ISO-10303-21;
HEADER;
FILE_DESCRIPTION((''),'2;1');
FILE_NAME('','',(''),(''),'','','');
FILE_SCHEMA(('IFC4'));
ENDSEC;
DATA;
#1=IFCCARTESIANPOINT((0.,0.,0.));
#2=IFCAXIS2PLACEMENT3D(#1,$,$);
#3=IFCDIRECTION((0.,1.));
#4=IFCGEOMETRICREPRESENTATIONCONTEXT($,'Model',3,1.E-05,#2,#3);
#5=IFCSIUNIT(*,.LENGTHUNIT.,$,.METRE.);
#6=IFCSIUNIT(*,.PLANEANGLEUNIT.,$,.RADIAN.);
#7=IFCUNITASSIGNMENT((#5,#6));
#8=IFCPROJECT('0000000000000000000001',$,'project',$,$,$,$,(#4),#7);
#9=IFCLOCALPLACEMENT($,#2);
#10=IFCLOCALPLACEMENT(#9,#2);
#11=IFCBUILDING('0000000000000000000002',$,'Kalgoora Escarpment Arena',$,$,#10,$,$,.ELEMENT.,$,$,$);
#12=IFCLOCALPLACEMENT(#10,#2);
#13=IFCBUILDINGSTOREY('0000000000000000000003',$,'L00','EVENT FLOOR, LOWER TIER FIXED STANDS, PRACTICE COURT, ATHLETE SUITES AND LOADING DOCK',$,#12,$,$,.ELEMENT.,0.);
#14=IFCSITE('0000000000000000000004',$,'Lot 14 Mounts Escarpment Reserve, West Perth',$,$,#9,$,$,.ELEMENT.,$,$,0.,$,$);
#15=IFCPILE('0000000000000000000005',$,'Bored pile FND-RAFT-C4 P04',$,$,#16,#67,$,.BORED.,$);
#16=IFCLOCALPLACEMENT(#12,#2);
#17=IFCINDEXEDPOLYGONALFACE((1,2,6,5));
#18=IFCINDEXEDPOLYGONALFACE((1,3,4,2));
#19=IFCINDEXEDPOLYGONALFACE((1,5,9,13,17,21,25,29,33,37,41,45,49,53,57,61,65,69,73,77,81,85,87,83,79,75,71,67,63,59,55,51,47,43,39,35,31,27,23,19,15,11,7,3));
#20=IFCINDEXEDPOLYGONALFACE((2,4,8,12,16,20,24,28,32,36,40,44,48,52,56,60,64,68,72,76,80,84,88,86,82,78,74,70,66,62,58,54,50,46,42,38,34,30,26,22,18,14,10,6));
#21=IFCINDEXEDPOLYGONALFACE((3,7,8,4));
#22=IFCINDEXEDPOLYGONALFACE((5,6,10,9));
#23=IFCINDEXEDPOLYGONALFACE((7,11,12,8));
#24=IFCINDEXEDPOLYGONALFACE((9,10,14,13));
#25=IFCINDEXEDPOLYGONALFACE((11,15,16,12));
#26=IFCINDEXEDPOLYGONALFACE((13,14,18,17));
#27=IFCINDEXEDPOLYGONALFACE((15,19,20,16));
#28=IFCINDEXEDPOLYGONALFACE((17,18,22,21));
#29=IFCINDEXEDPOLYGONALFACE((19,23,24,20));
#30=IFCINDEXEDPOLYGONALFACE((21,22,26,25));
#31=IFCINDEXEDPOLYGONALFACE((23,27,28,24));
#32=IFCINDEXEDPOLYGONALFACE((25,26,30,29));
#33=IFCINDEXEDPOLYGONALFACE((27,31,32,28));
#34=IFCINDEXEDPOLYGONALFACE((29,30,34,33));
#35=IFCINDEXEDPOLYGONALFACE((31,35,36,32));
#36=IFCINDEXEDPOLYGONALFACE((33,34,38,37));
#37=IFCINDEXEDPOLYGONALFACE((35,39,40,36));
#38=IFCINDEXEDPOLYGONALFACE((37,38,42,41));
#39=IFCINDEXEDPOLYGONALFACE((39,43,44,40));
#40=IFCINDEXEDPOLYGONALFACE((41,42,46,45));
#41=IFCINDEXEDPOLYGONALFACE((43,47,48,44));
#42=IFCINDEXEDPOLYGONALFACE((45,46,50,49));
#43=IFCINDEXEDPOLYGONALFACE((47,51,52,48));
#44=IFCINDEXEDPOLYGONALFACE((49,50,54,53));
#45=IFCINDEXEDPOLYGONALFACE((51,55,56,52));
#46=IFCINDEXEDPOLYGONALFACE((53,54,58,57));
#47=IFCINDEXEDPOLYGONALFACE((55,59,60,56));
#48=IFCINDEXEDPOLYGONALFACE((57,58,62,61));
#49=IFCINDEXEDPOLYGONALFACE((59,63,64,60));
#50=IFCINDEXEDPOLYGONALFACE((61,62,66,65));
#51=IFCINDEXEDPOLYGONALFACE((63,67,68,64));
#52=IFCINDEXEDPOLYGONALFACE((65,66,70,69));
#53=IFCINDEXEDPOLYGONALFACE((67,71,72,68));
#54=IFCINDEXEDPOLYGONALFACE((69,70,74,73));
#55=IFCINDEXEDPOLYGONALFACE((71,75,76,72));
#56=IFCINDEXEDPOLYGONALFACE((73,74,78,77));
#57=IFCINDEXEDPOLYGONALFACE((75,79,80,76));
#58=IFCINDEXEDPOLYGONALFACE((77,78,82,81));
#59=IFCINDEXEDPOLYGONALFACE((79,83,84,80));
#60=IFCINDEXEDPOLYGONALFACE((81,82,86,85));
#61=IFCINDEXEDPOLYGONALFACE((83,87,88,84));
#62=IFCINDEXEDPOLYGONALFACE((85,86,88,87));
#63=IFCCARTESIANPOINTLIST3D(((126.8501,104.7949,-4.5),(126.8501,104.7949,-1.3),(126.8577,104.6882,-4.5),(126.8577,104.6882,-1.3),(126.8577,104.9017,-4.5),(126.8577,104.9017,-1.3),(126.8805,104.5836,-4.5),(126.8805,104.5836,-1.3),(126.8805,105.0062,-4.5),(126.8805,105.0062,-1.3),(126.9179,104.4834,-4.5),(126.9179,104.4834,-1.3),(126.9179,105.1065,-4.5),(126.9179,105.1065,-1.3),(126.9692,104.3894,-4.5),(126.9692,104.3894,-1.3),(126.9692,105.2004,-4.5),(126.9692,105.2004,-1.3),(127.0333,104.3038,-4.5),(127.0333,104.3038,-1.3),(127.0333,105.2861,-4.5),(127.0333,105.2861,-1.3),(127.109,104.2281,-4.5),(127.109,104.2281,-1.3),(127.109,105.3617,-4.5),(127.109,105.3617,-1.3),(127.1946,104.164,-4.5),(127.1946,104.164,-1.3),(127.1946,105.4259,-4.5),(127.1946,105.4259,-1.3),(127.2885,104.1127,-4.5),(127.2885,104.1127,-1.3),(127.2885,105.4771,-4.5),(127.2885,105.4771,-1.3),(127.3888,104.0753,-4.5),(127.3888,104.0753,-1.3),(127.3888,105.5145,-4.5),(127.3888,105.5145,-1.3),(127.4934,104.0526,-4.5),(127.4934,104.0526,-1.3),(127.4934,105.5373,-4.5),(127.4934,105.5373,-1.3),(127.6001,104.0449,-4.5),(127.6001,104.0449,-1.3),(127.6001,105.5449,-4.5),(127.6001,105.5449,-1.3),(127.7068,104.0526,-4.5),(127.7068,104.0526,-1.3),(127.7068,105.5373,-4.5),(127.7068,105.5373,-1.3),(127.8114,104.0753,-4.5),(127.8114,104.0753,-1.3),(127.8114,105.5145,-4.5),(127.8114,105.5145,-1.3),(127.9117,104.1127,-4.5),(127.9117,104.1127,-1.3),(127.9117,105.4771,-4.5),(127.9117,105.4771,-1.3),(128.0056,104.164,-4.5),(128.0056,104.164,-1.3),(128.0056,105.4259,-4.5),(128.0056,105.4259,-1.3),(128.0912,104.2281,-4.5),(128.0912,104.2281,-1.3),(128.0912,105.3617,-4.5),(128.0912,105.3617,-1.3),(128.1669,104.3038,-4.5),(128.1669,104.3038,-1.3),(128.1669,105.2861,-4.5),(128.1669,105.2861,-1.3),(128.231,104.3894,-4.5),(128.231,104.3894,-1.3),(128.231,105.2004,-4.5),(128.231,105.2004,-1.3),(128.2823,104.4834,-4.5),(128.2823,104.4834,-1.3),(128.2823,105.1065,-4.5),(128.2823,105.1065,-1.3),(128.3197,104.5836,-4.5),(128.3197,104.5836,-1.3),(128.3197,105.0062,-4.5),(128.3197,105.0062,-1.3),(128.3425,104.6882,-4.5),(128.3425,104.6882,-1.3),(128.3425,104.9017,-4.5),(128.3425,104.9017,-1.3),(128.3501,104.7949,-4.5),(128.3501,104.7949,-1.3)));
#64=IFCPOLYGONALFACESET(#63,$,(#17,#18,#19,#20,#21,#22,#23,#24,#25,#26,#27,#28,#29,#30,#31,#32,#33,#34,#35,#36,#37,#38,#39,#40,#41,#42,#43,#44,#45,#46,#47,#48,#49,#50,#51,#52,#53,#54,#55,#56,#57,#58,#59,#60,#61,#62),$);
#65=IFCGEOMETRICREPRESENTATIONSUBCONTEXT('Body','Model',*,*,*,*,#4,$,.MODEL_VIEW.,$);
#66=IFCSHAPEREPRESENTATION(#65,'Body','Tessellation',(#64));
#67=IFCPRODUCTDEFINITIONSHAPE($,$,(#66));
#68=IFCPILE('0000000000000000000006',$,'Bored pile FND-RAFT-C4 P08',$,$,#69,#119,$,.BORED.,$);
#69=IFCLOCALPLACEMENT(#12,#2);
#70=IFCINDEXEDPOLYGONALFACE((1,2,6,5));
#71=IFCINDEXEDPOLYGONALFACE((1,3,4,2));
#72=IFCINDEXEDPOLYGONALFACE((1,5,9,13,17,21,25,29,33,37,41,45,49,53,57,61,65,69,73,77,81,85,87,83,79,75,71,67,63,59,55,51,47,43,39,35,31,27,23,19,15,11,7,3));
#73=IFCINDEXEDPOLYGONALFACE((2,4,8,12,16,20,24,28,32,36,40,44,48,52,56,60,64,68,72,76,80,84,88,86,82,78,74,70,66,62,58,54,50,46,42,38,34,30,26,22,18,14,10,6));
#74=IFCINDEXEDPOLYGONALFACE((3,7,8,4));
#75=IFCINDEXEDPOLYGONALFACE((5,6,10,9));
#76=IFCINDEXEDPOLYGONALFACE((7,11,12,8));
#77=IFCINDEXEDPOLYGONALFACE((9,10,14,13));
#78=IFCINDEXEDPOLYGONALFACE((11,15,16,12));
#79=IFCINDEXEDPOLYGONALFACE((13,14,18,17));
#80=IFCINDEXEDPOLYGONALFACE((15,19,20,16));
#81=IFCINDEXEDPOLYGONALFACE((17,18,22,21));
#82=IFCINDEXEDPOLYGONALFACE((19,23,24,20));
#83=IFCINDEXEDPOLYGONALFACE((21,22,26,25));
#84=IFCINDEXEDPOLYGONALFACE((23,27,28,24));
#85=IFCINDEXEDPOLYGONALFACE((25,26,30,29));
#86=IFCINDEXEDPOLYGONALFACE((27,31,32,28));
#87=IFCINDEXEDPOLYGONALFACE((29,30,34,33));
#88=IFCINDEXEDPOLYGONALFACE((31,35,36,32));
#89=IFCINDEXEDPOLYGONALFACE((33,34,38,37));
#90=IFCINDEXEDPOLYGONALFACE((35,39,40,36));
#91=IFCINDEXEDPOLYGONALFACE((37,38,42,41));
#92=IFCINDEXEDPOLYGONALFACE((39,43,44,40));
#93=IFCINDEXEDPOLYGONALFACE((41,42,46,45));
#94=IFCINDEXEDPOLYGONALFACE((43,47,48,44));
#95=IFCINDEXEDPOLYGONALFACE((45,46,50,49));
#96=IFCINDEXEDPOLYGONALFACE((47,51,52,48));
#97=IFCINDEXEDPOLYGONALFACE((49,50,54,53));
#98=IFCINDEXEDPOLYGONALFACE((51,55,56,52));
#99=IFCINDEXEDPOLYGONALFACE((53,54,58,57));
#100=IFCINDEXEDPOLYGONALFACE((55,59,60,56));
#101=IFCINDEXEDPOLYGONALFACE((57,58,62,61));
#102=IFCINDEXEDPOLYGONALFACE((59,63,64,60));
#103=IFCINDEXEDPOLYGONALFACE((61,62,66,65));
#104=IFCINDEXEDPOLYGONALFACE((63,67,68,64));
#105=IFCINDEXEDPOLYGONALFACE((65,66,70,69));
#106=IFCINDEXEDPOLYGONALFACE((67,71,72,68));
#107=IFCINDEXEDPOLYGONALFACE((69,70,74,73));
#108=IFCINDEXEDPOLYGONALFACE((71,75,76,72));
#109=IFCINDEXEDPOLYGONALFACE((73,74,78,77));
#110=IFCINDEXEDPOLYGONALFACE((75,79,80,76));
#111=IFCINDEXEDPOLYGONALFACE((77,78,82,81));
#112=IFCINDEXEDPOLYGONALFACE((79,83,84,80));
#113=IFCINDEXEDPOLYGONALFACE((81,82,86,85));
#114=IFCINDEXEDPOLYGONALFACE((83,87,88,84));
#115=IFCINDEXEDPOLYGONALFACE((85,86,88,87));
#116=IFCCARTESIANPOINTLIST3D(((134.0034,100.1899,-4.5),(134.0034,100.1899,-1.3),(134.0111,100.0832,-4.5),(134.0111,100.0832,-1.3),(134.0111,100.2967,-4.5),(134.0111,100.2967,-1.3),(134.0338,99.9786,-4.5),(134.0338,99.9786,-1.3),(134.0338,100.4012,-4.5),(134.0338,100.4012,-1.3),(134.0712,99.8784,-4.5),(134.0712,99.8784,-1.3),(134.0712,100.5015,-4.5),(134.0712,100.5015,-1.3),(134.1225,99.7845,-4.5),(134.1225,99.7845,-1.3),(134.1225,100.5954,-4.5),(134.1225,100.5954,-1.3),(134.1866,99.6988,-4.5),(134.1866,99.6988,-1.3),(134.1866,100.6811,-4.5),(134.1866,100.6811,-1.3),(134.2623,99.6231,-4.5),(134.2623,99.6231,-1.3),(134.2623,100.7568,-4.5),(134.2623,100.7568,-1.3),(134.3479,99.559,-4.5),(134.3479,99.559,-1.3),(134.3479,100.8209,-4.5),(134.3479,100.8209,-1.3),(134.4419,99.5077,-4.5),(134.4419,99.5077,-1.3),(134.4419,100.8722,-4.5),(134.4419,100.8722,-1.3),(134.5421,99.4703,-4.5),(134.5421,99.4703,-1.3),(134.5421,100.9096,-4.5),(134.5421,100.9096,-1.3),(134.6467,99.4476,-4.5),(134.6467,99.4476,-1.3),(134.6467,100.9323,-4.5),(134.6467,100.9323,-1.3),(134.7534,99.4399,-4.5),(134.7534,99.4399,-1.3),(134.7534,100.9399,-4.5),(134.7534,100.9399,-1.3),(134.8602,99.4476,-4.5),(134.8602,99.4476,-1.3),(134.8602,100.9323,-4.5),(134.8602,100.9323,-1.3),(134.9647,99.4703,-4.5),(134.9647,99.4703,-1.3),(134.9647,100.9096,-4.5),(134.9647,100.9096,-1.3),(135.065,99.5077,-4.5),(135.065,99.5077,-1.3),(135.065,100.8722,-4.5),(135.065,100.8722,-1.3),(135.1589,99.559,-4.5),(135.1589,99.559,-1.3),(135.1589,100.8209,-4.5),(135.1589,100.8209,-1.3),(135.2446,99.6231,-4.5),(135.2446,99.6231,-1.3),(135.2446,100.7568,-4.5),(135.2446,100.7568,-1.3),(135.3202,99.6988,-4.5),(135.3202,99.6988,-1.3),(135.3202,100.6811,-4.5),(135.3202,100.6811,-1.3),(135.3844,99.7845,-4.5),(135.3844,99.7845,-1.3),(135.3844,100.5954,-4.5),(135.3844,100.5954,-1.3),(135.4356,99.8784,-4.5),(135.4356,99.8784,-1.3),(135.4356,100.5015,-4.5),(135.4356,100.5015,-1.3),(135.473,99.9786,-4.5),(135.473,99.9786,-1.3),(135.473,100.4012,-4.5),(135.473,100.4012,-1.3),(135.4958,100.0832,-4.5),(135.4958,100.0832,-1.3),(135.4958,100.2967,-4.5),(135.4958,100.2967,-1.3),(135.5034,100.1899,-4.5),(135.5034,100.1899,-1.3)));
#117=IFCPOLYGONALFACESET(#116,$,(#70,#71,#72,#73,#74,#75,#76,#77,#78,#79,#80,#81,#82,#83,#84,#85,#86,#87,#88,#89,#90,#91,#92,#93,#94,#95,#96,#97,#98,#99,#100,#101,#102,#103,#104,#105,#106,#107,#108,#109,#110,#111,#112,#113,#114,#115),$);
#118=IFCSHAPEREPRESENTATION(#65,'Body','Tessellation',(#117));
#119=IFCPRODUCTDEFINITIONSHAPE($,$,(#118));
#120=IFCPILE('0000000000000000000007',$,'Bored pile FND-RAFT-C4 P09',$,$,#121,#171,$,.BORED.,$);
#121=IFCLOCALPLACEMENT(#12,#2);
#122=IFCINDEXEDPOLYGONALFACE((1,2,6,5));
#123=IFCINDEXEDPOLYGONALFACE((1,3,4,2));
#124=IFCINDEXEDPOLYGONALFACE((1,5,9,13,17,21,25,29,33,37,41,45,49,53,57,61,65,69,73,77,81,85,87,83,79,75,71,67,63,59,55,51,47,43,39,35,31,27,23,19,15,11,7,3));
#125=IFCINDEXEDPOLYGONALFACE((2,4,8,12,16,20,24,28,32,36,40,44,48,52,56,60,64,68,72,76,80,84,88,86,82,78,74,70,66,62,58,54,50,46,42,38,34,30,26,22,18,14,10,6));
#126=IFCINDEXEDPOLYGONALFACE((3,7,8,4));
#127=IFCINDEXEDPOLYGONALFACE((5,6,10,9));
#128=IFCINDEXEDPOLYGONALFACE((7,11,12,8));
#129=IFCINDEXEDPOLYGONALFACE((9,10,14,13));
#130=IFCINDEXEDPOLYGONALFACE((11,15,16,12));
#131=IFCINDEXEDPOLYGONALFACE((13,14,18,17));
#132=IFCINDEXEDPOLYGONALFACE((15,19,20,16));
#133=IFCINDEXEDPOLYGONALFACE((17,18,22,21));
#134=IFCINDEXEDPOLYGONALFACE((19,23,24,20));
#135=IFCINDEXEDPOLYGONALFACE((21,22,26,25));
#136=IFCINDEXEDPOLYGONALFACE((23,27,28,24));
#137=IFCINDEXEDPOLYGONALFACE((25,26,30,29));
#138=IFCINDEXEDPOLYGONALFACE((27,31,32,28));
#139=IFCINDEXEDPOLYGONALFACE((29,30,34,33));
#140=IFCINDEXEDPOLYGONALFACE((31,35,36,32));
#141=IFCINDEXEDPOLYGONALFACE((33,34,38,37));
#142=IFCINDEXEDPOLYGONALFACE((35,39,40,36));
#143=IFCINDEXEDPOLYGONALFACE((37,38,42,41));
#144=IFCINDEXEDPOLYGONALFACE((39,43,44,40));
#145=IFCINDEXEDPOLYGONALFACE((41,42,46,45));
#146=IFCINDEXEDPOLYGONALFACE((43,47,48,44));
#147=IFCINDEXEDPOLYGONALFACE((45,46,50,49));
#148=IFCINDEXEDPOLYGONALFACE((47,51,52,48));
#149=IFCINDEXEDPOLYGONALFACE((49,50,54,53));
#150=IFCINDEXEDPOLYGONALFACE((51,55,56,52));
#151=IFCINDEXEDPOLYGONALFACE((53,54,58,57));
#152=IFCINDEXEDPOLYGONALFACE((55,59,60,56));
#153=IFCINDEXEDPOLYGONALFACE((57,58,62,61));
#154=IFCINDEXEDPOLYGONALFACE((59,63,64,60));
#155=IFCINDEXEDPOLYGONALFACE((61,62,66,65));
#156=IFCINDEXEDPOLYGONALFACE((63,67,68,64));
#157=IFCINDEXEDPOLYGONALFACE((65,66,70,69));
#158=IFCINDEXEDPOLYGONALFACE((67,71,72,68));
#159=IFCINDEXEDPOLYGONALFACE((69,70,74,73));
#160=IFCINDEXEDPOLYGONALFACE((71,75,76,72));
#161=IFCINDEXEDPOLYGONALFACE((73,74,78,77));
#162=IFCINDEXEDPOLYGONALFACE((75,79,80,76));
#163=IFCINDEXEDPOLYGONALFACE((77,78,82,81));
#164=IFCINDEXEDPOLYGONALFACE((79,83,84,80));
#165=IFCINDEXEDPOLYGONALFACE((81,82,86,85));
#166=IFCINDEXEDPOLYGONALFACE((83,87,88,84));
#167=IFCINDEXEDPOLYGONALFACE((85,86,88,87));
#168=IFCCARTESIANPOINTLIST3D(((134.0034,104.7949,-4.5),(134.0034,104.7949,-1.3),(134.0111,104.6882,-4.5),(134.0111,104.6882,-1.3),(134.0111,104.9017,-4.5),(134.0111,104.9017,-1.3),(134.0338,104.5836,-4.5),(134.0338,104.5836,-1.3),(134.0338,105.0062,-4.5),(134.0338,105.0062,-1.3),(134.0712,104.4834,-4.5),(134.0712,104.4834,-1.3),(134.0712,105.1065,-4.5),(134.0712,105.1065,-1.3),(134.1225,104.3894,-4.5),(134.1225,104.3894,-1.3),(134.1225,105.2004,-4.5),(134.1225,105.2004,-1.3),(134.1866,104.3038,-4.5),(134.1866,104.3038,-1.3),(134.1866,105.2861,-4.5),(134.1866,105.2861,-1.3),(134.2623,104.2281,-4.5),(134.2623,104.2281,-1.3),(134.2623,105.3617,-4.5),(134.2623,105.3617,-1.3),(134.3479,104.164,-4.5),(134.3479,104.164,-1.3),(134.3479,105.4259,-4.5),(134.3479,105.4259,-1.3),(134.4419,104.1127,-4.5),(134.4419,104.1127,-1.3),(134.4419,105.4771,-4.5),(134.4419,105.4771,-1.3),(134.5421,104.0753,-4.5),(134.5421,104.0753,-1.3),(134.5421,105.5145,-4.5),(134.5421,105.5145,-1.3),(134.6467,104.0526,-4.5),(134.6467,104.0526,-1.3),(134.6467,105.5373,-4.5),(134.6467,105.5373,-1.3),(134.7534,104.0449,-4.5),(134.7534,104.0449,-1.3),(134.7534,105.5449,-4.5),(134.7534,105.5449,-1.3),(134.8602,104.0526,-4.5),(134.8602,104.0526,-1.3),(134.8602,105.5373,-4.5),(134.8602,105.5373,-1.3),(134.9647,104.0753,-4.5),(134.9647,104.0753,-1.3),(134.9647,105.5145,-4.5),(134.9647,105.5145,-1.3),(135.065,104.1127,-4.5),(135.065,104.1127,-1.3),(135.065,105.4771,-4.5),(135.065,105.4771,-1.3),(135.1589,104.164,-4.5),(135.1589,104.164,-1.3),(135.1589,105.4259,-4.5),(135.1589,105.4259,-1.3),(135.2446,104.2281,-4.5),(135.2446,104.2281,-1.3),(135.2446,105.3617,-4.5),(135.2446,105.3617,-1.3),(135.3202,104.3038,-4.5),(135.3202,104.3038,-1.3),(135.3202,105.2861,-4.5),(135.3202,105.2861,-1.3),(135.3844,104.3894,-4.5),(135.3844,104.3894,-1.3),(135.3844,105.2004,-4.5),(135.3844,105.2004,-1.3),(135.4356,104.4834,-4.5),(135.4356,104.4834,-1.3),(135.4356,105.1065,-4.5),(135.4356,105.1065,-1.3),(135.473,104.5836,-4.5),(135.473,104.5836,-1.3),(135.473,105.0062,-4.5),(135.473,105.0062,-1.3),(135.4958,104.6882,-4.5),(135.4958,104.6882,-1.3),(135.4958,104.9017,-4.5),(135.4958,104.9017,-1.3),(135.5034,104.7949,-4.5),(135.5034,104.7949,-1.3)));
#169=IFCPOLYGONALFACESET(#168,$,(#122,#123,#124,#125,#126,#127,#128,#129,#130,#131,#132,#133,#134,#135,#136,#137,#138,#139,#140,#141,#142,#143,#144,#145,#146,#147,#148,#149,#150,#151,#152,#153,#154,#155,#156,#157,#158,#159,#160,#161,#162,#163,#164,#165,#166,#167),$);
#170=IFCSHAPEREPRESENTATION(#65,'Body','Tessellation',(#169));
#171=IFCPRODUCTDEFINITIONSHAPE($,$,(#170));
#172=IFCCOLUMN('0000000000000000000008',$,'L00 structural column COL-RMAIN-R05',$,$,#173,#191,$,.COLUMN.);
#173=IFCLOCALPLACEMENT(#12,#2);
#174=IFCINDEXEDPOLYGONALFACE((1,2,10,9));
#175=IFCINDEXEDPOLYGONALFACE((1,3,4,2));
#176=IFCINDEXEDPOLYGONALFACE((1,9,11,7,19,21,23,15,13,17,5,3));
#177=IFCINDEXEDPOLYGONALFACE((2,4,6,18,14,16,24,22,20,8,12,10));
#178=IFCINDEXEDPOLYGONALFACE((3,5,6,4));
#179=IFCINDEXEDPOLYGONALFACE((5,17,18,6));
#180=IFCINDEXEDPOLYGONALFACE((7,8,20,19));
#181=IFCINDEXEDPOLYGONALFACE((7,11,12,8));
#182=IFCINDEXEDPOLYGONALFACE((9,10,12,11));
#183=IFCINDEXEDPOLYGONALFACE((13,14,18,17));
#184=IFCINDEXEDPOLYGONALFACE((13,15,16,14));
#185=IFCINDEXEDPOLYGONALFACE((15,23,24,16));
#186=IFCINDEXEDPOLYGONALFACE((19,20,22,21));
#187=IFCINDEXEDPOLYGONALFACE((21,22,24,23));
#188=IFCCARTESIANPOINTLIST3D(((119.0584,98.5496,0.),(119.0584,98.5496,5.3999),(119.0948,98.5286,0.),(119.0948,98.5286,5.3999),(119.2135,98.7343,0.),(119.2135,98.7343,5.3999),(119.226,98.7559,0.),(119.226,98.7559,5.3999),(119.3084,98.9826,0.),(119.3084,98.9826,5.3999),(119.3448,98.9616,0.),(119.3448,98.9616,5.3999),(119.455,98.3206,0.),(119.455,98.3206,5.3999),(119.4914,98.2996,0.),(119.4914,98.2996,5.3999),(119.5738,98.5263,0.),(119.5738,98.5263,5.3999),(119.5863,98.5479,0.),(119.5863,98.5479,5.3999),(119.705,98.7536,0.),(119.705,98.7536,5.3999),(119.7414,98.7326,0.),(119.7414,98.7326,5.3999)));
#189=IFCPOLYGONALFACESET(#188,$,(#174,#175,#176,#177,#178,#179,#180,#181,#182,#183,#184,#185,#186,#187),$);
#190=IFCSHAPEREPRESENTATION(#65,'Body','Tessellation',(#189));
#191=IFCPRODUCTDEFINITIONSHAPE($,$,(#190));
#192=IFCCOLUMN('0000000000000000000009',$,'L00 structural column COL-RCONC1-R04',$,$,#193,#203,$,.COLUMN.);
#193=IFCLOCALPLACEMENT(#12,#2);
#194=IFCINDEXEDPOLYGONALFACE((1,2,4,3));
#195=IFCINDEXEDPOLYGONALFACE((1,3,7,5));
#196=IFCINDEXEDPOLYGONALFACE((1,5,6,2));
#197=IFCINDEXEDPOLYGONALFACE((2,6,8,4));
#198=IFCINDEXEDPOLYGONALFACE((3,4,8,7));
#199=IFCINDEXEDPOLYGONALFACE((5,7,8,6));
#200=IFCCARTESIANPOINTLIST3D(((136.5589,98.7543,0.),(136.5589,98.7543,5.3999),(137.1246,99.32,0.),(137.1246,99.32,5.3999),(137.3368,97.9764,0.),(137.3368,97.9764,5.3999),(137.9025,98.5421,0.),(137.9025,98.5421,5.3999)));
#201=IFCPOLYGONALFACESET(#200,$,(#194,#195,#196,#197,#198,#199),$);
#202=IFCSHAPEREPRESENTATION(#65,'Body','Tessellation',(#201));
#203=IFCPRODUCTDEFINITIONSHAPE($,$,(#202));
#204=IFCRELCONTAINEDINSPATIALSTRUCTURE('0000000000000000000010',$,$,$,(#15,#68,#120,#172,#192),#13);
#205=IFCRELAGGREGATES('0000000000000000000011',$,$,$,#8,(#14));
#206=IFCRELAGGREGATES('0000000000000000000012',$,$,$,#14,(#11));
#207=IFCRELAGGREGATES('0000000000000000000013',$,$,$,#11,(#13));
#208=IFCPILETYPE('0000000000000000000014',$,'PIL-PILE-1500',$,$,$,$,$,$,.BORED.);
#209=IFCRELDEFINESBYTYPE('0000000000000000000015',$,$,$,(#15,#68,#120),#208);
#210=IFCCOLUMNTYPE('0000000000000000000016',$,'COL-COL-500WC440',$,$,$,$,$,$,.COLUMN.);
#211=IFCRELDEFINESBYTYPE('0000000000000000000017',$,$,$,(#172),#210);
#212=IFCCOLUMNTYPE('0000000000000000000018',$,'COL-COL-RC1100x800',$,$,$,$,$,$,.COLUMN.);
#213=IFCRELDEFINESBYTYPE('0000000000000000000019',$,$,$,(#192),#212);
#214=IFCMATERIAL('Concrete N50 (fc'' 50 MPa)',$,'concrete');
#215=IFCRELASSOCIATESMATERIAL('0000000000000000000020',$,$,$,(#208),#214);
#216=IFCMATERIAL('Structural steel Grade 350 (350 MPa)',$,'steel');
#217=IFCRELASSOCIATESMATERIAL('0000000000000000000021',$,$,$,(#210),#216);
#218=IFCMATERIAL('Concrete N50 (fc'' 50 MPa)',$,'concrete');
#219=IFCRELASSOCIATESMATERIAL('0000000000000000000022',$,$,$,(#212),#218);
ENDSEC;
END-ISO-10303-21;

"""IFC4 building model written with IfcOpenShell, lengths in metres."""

from ifc_helpers import new_model, si_unit, direction, frame, origin, origin_2d, place, context, subcontext, project, spatial, rectangle, circle, i_section, extrude, material, material_profile, profile_set, type_object, element, save


model = new_model("IFC4")

# Units and contexts
model_context = context("Model", 3, precision=1e-05, world=origin(), true_north=direction((0.0, 1.0)))
body_context = subcontext(model_context, "Body", "Model", "MODEL_VIEW")
ifc_project = project(units=[si_unit("LENGTHUNIT", "METRE"), si_unit("PLANEANGLEUNIT", "RADIAN")], contexts=[model_context])

# Site, building, storey
site_placement = place(None, origin())
site = spatial("IfcSite", under=ifc_project, at=site_placement, Name="Lot 14 Mounts Escarpment Reserve, West Perth", CompositionType="ELEMENT", RefElevation=0.0)
building_placement = place(site_placement, origin())
building = spatial("IfcBuilding", under=site, at=building_placement, Name="Kalgoora Escarpment Arena", CompositionType="ELEMENT")
storey_placement = place(building_placement, origin())
storey = spatial("IfcBuildingStorey", under=building, at=storey_placement, Name="L00", Description="EVENT FLOOR, LOWER TIER FIXED STANDS, PRACTICE COURT, ATHLETE SUITES AND LOADING DOCK", CompositionType="ELEMENT", Elevation=0.0)

# Piles
ifc_material_1 = material(Name="Concrete N50 (fc' 50 MPa)", Category="concrete")
ifc_material_profile_1 = material_profile(ifc_material_1, circle(Radius=0.75, at=origin_2d()))
ifc_profile_set_1 = profile_set([ifc_material_profile_1], Name="Concrete N50 (fc' 50 MPa)")
pile_type_1 = type_object("IfcPileType", Name="PIL-PILE-1500", PredefinedType="BORED", material=ifc_profile_set_1)
for number, where, z_axis, x_axis, name in (
    (1, (127.6001, 104.7949, -1.3), (0.0, 0.0, -1.0), (1.0, 0.0, 0.0), "Bored pile FND-RAFT-C4 P04"),
    (2, (134.7534, 100.1899, -1.3), (0.0, 0.0, -1.0), (1.0, 0.0, 0.0), "Bored pile FND-RAFT-C4 P08"),
    (3, (134.7534, 104.7949, -1.3), (0.0, 0.0, -1.0), (1.0, 0.0, 0.0), "Bored pile FND-RAFT-C4 P09"),
):
    element("IfcPile", number, at=place(storey_placement, frame(where, z_axis=z_axis, x_axis=x_axis)), inside=storey, type_object=pile_type_1, Name=name, PredefinedType="BORED", context=body_context, shape_type="SweptSolid", body=[
        extrude(circle(Radius=0.75, at=origin_2d()), origin(), (0.0, 0.0, 1.0), 3.2),
    ])

# Columns
ifc_material_2 = material(Name="Structural steel Grade 350 (350 MPa)", Category="steel")
ifc_material_profile_2 = material_profile(ifc_material_2, i_section(OverallWidth=0.5, OverallDepth=0.5, WebThickness=0.0249, FlangeThickness=0.042, at=origin_2d()))
ifc_profile_set_2 = profile_set([ifc_material_profile_2], Name="Structural steel Grade 350 (350 MPa)")
column_type_1 = type_object("IfcColumnType", Name="COL-COL-500WC440", PredefinedType="COLUMN", material=ifc_profile_set_2)
column_placement = place(storey_placement, frame((119.3999, 98.6411, 0.0), z_axis=(0.0, 0.0, 1.0), x_axis=(0.5, 0.866025, 0.0)))
element("IfcColumn", 4, at=column_placement, inside=storey, type_object=column_type_1, Name="L00 structural column COL-RMAIN-R05", PredefinedType="COLUMN", context=body_context, shape_type="SweptSolid", body=[
    extrude(i_section(OverallWidth=0.5, OverallDepth=0.5, WebThickness=0.0249, FlangeThickness=0.042, at=origin_2d()), origin(), (0.0, 0.0, 1.0), 5.3999),
])
ifc_material_3 = material(Name="Concrete N50 (fc' 50 MPa)", Category="concrete")
ifc_material_profile_3 = material_profile(ifc_material_3, rectangle(XDim=0.8, YDim=1.1001, at=origin_2d()))
ifc_profile_set_3 = profile_set([ifc_material_profile_3], Name="Concrete N50 (fc' 50 MPa)")
column_type_2 = type_object("IfcColumnType", Name="COL-COL-RC1100x800", PredefinedType="COLUMN", material=ifc_profile_set_3)
for number, where, z_axis, x_axis, name in (
    (5, (137.2307, 98.6482, 0.0), (0.0, 0.0, 1.0), (0.707107, 0.707107, 0.0), "L00 structural column COL-RCONC1-R04"),
):
    element("IfcColumn", number, at=place(storey_placement, frame(where, z_axis=z_axis, x_axis=x_axis)), inside=storey, type_object=column_type_2, Name=name, PredefinedType="COLUMN", context=body_context, shape_type="SweptSolid", body=[
        extrude(rectangle(XDim=0.8, YDim=1.1001, at=origin_2d()), origin(), (0.0, 0.0, 1.0), 5.3999),
    ])

save(model, "model.ifc")
